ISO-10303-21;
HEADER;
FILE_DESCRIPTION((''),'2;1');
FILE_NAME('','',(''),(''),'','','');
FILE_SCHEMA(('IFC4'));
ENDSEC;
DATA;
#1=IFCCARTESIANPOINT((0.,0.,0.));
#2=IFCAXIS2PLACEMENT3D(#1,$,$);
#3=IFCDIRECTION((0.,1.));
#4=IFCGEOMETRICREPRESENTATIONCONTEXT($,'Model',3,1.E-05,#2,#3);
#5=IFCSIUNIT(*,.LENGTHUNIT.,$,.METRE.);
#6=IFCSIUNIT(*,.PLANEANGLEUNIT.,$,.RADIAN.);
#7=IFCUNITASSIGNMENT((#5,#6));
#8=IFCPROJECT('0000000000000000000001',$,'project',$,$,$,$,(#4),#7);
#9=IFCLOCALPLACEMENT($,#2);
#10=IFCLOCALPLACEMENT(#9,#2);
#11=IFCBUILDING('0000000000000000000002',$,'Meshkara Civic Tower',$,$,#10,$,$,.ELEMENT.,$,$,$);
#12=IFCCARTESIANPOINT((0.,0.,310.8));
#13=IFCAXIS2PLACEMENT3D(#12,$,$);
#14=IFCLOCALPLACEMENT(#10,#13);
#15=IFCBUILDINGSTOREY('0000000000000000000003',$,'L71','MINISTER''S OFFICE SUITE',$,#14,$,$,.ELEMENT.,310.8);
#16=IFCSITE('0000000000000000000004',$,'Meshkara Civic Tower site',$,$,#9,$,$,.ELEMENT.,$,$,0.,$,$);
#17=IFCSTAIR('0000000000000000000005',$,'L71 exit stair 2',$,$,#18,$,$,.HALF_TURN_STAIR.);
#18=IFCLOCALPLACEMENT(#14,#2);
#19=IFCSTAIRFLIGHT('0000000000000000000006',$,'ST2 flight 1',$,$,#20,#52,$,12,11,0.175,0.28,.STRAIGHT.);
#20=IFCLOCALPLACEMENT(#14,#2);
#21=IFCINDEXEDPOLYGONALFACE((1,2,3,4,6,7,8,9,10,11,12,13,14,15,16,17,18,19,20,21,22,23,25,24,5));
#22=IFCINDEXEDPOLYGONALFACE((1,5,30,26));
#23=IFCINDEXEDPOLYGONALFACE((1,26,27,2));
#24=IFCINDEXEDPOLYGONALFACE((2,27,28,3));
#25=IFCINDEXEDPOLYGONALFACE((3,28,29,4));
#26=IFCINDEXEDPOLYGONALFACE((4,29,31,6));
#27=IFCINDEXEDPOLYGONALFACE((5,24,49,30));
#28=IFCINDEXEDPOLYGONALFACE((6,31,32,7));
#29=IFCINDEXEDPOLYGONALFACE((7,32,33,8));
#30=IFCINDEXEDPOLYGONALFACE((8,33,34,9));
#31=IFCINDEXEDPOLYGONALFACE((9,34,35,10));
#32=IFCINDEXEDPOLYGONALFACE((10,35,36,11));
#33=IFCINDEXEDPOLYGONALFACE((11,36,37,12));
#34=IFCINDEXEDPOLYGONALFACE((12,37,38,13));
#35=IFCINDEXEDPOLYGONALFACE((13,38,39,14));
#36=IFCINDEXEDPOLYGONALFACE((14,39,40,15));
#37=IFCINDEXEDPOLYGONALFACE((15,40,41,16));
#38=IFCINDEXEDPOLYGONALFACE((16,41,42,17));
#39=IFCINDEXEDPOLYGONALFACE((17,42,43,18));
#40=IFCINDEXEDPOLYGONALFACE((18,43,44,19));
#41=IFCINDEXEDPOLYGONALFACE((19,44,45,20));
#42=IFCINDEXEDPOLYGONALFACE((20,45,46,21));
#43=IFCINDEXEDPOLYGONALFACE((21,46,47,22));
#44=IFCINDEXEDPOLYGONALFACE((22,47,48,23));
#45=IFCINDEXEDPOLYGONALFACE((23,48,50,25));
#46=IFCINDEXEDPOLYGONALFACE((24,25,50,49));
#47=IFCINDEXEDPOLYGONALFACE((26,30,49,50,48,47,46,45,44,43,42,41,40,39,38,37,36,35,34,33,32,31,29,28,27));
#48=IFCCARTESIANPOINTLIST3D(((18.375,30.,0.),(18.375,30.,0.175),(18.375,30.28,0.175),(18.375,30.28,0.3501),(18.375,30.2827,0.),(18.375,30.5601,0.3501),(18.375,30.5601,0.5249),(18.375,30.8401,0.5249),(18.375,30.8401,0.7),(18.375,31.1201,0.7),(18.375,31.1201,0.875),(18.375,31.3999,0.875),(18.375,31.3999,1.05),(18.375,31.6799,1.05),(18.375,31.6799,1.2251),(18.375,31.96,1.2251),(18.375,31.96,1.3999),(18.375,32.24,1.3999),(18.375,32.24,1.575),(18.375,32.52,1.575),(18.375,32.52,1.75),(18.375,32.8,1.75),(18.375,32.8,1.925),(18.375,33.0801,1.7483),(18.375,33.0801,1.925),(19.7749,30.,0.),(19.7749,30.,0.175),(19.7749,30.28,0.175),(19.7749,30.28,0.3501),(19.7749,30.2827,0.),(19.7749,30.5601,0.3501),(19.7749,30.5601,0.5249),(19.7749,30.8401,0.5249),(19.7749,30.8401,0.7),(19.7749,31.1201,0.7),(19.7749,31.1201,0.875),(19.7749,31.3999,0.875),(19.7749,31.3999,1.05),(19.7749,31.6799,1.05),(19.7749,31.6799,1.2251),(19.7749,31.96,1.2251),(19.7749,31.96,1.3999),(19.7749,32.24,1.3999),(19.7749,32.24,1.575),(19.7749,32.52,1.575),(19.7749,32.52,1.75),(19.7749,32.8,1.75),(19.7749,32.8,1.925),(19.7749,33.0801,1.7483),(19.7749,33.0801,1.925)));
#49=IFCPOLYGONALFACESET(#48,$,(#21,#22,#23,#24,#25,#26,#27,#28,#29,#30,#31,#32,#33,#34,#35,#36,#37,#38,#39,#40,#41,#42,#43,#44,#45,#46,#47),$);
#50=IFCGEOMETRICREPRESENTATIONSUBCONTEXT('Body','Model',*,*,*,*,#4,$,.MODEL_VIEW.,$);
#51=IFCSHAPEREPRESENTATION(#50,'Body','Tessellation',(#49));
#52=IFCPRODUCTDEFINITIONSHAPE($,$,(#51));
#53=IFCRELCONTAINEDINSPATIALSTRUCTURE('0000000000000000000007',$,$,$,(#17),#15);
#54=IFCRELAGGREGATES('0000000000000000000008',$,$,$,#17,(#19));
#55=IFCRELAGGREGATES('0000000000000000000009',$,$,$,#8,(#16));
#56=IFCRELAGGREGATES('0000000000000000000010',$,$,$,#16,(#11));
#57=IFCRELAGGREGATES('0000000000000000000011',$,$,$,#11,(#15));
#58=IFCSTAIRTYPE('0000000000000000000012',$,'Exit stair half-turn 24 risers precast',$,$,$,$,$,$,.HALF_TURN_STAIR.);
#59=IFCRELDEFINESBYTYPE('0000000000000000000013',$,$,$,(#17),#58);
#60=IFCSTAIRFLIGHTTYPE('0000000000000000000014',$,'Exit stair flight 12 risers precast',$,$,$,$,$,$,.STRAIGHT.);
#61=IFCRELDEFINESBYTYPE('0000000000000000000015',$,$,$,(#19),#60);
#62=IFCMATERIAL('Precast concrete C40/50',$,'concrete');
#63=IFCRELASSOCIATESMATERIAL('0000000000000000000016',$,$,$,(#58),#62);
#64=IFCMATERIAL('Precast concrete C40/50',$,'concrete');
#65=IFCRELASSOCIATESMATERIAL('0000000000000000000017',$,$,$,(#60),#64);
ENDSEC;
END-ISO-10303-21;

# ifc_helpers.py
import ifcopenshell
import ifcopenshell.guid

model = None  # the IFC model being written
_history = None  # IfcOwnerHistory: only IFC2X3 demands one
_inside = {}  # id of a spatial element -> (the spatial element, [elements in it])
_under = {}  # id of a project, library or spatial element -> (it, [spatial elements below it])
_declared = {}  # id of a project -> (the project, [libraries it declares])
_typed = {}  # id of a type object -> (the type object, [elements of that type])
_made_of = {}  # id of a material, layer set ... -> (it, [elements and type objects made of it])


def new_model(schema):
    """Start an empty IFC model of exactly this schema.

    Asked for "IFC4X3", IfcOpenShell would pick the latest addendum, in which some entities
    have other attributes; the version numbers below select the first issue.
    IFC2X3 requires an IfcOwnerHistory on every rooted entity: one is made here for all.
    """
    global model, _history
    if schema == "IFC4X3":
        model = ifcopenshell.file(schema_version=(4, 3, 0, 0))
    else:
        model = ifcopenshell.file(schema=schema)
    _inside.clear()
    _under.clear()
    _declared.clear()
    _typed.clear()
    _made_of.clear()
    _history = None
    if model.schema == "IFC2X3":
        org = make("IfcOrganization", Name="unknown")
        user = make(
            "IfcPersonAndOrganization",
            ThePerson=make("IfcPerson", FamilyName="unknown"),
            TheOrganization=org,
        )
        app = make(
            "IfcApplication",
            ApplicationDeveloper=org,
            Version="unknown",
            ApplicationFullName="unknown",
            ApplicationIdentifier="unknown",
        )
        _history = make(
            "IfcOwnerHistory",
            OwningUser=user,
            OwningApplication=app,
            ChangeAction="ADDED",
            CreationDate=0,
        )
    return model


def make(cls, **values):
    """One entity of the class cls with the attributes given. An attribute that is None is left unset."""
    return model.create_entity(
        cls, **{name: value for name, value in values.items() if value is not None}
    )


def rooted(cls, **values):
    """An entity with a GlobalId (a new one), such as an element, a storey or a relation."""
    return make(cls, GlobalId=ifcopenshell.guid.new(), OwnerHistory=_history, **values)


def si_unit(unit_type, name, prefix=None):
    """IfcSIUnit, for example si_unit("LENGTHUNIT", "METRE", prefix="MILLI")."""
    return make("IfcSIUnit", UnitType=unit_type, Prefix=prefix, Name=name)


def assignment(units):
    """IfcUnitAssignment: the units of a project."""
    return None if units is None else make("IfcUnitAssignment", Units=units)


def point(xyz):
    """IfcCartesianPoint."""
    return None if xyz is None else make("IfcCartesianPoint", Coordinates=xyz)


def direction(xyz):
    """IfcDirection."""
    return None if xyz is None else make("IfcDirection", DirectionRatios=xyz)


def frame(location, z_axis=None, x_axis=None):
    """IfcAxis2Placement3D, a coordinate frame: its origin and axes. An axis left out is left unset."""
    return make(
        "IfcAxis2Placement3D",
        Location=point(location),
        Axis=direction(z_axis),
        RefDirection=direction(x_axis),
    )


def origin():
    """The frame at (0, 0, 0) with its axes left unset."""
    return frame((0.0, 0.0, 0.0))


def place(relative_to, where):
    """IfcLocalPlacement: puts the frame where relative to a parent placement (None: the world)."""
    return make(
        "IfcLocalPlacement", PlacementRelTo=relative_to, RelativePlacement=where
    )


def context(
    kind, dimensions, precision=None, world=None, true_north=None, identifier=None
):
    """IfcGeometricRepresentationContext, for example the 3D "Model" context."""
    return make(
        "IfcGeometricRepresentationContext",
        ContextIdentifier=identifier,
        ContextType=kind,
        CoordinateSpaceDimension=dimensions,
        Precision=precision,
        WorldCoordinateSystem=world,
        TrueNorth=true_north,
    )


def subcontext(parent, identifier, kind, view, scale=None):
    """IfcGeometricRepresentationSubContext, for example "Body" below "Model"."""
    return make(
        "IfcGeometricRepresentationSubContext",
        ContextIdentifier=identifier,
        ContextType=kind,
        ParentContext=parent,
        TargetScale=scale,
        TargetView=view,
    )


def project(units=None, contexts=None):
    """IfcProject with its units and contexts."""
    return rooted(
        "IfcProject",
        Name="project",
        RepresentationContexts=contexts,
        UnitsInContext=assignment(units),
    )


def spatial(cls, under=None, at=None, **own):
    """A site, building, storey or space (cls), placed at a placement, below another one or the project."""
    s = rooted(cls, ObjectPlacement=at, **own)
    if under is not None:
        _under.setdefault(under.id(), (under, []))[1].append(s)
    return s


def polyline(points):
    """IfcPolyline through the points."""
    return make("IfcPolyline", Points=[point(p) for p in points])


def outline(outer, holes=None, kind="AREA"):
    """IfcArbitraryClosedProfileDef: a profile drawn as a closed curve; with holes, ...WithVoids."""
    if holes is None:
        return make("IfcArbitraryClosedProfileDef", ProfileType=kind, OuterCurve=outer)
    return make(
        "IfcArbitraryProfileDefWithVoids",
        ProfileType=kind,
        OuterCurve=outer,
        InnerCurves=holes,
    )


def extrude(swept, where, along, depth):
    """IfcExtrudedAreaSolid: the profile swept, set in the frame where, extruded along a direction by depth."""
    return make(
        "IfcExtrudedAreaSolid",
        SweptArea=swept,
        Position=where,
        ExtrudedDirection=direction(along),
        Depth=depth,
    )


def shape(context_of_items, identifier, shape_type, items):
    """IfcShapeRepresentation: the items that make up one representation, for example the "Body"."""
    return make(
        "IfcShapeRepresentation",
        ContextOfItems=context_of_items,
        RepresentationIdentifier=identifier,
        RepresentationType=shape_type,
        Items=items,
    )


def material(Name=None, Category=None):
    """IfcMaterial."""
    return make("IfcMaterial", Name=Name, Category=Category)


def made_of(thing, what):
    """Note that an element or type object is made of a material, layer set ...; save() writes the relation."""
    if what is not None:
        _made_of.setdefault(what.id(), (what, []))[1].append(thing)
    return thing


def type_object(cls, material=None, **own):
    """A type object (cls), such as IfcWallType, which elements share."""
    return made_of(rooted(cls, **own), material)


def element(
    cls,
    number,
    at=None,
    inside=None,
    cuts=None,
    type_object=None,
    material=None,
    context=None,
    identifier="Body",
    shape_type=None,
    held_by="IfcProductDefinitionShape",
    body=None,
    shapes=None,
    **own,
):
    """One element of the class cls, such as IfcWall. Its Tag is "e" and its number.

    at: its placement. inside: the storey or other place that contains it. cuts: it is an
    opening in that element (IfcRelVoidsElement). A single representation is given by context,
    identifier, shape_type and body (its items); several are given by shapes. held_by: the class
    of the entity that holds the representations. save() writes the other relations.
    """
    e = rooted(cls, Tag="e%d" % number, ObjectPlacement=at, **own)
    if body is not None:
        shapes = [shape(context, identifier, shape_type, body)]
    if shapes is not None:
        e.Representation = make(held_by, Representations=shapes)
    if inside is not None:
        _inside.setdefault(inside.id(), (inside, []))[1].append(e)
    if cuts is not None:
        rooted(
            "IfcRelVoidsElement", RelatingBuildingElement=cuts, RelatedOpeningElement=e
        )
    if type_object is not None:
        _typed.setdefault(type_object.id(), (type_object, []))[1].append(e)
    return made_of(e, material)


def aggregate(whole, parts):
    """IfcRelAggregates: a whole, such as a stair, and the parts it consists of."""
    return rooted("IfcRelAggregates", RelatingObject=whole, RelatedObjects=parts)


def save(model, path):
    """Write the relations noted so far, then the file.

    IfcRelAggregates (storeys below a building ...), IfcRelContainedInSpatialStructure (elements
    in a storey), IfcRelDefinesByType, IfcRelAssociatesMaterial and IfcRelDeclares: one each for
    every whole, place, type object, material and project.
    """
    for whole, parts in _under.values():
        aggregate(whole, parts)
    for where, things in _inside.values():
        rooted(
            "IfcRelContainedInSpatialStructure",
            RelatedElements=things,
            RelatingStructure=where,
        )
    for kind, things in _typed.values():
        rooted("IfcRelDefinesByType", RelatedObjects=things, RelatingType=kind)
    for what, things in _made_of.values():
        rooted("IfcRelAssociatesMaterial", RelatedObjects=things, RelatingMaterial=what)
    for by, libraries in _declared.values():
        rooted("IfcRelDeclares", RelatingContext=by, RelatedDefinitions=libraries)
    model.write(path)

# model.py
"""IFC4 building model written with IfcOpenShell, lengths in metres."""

from ifc_helpers import new_model, si_unit, direction, frame, origin, place, context, subcontext, project, spatial, polyline, outline, extrude, material, type_object, element, aggregate, save


model = new_model("IFC4")

# Units and contexts
model_context = context("Model", 3, precision=1e-05, world=origin(), true_north=direction((0.0, 1.0)))
body_context = subcontext(model_context, "Body", "Model", "MODEL_VIEW")
ifc_project = project(units=[si_unit("LENGTHUNIT", "METRE"), si_unit("PLANEANGLEUNIT", "RADIAN")], contexts=[model_context])

# Site, building, storey
site_placement = place(None, origin())
site = spatial("IfcSite", under=ifc_project, at=site_placement, Name="Meshkara Civic Tower site", CompositionType="ELEMENT", RefElevation=0.0)
building_placement = place(site_placement, origin())
building = spatial("IfcBuilding", under=site, at=building_placement, Name="Meshkara Civic Tower", CompositionType="ELEMENT")
storey_placement = place(building_placement, frame((0.0, 0.0, 310.8)))
storey = spatial("IfcBuildingStorey", under=building, at=storey_placement, Name="L71", Description="MINISTER'S OFFICE SUITE", CompositionType="ELEMENT", Elevation=310.8)

# Stair, stair flight
ifc_material_1 = material(Name="Precast concrete C40/50", Category="concrete")
stair_type = type_object("IfcStairType", Name="Exit stair half-turn 24 risers precast", PredefinedType="HALF_TURN_STAIR", material=ifc_material_1)
stair_placement = place(storey_placement, origin())
stair = element("IfcStair", 1, at=stair_placement, inside=storey, type_object=stair_type, Name="L71 exit stair 2", PredefinedType="HALF_TURN_STAIR")
ifc_material_2 = material(Name="Precast concrete C40/50", Category="concrete")
stair_flight_type = type_object("IfcStairFlightType", Name="Exit stair flight 12 risers precast", PredefinedType="STRAIGHT", material=ifc_material_2)
stair_flight_placement = place(storey_placement, frame((19.075, 30.0, 0.0), z_axis=(0.0, 0.0, 1.0), x_axis=(0.0, 1.0, 0.0)))
stair_flight = element("IfcStairFlight", 2, at=stair_flight_placement, type_object=stair_flight_type, Name="ST2 flight 1", NumberOfRisers=12, NumberOfTreads=11, PredefinedType="STRAIGHT", RiserHeight=0.175, TreadLength=0.28, context=body_context, shape_type="SweptSolid", body=[
    extrude(outline(polyline([(0.0, 0.0), (0.0, 0.175), (0.28, 0.175), (0.28, 0.3501), (0.5601, 0.3501), (0.5601, 0.5249), (0.8401, 0.5249), (0.8401, 0.7), (1.1201, 0.7), (1.1201, 0.875), (1.3999, 0.875), (1.3999, 1.05), (1.6799, 1.05), (1.6799, 1.2251), (1.96, 1.2251), (1.96, 1.3999), (2.24, 1.3999), (2.24, 1.575), (2.52, 1.575), (2.52, 1.75), (2.8, 1.75), (2.8, 1.925), (3.0801, 1.925), (3.0801, 2.1001), (3.0801, 1.7483), (0.2827, 0.0), (0.0, 0.0)])), frame((0.0, 0.7, 0.0), z_axis=(0.0, -1.0, 0.0), x_axis=(1.0, 0.0, 0.0)), (0.0, 0.0, 1.0), 1.3999),
])
aggregate(stair, [stair_flight])

save(model, "model.ifc")
